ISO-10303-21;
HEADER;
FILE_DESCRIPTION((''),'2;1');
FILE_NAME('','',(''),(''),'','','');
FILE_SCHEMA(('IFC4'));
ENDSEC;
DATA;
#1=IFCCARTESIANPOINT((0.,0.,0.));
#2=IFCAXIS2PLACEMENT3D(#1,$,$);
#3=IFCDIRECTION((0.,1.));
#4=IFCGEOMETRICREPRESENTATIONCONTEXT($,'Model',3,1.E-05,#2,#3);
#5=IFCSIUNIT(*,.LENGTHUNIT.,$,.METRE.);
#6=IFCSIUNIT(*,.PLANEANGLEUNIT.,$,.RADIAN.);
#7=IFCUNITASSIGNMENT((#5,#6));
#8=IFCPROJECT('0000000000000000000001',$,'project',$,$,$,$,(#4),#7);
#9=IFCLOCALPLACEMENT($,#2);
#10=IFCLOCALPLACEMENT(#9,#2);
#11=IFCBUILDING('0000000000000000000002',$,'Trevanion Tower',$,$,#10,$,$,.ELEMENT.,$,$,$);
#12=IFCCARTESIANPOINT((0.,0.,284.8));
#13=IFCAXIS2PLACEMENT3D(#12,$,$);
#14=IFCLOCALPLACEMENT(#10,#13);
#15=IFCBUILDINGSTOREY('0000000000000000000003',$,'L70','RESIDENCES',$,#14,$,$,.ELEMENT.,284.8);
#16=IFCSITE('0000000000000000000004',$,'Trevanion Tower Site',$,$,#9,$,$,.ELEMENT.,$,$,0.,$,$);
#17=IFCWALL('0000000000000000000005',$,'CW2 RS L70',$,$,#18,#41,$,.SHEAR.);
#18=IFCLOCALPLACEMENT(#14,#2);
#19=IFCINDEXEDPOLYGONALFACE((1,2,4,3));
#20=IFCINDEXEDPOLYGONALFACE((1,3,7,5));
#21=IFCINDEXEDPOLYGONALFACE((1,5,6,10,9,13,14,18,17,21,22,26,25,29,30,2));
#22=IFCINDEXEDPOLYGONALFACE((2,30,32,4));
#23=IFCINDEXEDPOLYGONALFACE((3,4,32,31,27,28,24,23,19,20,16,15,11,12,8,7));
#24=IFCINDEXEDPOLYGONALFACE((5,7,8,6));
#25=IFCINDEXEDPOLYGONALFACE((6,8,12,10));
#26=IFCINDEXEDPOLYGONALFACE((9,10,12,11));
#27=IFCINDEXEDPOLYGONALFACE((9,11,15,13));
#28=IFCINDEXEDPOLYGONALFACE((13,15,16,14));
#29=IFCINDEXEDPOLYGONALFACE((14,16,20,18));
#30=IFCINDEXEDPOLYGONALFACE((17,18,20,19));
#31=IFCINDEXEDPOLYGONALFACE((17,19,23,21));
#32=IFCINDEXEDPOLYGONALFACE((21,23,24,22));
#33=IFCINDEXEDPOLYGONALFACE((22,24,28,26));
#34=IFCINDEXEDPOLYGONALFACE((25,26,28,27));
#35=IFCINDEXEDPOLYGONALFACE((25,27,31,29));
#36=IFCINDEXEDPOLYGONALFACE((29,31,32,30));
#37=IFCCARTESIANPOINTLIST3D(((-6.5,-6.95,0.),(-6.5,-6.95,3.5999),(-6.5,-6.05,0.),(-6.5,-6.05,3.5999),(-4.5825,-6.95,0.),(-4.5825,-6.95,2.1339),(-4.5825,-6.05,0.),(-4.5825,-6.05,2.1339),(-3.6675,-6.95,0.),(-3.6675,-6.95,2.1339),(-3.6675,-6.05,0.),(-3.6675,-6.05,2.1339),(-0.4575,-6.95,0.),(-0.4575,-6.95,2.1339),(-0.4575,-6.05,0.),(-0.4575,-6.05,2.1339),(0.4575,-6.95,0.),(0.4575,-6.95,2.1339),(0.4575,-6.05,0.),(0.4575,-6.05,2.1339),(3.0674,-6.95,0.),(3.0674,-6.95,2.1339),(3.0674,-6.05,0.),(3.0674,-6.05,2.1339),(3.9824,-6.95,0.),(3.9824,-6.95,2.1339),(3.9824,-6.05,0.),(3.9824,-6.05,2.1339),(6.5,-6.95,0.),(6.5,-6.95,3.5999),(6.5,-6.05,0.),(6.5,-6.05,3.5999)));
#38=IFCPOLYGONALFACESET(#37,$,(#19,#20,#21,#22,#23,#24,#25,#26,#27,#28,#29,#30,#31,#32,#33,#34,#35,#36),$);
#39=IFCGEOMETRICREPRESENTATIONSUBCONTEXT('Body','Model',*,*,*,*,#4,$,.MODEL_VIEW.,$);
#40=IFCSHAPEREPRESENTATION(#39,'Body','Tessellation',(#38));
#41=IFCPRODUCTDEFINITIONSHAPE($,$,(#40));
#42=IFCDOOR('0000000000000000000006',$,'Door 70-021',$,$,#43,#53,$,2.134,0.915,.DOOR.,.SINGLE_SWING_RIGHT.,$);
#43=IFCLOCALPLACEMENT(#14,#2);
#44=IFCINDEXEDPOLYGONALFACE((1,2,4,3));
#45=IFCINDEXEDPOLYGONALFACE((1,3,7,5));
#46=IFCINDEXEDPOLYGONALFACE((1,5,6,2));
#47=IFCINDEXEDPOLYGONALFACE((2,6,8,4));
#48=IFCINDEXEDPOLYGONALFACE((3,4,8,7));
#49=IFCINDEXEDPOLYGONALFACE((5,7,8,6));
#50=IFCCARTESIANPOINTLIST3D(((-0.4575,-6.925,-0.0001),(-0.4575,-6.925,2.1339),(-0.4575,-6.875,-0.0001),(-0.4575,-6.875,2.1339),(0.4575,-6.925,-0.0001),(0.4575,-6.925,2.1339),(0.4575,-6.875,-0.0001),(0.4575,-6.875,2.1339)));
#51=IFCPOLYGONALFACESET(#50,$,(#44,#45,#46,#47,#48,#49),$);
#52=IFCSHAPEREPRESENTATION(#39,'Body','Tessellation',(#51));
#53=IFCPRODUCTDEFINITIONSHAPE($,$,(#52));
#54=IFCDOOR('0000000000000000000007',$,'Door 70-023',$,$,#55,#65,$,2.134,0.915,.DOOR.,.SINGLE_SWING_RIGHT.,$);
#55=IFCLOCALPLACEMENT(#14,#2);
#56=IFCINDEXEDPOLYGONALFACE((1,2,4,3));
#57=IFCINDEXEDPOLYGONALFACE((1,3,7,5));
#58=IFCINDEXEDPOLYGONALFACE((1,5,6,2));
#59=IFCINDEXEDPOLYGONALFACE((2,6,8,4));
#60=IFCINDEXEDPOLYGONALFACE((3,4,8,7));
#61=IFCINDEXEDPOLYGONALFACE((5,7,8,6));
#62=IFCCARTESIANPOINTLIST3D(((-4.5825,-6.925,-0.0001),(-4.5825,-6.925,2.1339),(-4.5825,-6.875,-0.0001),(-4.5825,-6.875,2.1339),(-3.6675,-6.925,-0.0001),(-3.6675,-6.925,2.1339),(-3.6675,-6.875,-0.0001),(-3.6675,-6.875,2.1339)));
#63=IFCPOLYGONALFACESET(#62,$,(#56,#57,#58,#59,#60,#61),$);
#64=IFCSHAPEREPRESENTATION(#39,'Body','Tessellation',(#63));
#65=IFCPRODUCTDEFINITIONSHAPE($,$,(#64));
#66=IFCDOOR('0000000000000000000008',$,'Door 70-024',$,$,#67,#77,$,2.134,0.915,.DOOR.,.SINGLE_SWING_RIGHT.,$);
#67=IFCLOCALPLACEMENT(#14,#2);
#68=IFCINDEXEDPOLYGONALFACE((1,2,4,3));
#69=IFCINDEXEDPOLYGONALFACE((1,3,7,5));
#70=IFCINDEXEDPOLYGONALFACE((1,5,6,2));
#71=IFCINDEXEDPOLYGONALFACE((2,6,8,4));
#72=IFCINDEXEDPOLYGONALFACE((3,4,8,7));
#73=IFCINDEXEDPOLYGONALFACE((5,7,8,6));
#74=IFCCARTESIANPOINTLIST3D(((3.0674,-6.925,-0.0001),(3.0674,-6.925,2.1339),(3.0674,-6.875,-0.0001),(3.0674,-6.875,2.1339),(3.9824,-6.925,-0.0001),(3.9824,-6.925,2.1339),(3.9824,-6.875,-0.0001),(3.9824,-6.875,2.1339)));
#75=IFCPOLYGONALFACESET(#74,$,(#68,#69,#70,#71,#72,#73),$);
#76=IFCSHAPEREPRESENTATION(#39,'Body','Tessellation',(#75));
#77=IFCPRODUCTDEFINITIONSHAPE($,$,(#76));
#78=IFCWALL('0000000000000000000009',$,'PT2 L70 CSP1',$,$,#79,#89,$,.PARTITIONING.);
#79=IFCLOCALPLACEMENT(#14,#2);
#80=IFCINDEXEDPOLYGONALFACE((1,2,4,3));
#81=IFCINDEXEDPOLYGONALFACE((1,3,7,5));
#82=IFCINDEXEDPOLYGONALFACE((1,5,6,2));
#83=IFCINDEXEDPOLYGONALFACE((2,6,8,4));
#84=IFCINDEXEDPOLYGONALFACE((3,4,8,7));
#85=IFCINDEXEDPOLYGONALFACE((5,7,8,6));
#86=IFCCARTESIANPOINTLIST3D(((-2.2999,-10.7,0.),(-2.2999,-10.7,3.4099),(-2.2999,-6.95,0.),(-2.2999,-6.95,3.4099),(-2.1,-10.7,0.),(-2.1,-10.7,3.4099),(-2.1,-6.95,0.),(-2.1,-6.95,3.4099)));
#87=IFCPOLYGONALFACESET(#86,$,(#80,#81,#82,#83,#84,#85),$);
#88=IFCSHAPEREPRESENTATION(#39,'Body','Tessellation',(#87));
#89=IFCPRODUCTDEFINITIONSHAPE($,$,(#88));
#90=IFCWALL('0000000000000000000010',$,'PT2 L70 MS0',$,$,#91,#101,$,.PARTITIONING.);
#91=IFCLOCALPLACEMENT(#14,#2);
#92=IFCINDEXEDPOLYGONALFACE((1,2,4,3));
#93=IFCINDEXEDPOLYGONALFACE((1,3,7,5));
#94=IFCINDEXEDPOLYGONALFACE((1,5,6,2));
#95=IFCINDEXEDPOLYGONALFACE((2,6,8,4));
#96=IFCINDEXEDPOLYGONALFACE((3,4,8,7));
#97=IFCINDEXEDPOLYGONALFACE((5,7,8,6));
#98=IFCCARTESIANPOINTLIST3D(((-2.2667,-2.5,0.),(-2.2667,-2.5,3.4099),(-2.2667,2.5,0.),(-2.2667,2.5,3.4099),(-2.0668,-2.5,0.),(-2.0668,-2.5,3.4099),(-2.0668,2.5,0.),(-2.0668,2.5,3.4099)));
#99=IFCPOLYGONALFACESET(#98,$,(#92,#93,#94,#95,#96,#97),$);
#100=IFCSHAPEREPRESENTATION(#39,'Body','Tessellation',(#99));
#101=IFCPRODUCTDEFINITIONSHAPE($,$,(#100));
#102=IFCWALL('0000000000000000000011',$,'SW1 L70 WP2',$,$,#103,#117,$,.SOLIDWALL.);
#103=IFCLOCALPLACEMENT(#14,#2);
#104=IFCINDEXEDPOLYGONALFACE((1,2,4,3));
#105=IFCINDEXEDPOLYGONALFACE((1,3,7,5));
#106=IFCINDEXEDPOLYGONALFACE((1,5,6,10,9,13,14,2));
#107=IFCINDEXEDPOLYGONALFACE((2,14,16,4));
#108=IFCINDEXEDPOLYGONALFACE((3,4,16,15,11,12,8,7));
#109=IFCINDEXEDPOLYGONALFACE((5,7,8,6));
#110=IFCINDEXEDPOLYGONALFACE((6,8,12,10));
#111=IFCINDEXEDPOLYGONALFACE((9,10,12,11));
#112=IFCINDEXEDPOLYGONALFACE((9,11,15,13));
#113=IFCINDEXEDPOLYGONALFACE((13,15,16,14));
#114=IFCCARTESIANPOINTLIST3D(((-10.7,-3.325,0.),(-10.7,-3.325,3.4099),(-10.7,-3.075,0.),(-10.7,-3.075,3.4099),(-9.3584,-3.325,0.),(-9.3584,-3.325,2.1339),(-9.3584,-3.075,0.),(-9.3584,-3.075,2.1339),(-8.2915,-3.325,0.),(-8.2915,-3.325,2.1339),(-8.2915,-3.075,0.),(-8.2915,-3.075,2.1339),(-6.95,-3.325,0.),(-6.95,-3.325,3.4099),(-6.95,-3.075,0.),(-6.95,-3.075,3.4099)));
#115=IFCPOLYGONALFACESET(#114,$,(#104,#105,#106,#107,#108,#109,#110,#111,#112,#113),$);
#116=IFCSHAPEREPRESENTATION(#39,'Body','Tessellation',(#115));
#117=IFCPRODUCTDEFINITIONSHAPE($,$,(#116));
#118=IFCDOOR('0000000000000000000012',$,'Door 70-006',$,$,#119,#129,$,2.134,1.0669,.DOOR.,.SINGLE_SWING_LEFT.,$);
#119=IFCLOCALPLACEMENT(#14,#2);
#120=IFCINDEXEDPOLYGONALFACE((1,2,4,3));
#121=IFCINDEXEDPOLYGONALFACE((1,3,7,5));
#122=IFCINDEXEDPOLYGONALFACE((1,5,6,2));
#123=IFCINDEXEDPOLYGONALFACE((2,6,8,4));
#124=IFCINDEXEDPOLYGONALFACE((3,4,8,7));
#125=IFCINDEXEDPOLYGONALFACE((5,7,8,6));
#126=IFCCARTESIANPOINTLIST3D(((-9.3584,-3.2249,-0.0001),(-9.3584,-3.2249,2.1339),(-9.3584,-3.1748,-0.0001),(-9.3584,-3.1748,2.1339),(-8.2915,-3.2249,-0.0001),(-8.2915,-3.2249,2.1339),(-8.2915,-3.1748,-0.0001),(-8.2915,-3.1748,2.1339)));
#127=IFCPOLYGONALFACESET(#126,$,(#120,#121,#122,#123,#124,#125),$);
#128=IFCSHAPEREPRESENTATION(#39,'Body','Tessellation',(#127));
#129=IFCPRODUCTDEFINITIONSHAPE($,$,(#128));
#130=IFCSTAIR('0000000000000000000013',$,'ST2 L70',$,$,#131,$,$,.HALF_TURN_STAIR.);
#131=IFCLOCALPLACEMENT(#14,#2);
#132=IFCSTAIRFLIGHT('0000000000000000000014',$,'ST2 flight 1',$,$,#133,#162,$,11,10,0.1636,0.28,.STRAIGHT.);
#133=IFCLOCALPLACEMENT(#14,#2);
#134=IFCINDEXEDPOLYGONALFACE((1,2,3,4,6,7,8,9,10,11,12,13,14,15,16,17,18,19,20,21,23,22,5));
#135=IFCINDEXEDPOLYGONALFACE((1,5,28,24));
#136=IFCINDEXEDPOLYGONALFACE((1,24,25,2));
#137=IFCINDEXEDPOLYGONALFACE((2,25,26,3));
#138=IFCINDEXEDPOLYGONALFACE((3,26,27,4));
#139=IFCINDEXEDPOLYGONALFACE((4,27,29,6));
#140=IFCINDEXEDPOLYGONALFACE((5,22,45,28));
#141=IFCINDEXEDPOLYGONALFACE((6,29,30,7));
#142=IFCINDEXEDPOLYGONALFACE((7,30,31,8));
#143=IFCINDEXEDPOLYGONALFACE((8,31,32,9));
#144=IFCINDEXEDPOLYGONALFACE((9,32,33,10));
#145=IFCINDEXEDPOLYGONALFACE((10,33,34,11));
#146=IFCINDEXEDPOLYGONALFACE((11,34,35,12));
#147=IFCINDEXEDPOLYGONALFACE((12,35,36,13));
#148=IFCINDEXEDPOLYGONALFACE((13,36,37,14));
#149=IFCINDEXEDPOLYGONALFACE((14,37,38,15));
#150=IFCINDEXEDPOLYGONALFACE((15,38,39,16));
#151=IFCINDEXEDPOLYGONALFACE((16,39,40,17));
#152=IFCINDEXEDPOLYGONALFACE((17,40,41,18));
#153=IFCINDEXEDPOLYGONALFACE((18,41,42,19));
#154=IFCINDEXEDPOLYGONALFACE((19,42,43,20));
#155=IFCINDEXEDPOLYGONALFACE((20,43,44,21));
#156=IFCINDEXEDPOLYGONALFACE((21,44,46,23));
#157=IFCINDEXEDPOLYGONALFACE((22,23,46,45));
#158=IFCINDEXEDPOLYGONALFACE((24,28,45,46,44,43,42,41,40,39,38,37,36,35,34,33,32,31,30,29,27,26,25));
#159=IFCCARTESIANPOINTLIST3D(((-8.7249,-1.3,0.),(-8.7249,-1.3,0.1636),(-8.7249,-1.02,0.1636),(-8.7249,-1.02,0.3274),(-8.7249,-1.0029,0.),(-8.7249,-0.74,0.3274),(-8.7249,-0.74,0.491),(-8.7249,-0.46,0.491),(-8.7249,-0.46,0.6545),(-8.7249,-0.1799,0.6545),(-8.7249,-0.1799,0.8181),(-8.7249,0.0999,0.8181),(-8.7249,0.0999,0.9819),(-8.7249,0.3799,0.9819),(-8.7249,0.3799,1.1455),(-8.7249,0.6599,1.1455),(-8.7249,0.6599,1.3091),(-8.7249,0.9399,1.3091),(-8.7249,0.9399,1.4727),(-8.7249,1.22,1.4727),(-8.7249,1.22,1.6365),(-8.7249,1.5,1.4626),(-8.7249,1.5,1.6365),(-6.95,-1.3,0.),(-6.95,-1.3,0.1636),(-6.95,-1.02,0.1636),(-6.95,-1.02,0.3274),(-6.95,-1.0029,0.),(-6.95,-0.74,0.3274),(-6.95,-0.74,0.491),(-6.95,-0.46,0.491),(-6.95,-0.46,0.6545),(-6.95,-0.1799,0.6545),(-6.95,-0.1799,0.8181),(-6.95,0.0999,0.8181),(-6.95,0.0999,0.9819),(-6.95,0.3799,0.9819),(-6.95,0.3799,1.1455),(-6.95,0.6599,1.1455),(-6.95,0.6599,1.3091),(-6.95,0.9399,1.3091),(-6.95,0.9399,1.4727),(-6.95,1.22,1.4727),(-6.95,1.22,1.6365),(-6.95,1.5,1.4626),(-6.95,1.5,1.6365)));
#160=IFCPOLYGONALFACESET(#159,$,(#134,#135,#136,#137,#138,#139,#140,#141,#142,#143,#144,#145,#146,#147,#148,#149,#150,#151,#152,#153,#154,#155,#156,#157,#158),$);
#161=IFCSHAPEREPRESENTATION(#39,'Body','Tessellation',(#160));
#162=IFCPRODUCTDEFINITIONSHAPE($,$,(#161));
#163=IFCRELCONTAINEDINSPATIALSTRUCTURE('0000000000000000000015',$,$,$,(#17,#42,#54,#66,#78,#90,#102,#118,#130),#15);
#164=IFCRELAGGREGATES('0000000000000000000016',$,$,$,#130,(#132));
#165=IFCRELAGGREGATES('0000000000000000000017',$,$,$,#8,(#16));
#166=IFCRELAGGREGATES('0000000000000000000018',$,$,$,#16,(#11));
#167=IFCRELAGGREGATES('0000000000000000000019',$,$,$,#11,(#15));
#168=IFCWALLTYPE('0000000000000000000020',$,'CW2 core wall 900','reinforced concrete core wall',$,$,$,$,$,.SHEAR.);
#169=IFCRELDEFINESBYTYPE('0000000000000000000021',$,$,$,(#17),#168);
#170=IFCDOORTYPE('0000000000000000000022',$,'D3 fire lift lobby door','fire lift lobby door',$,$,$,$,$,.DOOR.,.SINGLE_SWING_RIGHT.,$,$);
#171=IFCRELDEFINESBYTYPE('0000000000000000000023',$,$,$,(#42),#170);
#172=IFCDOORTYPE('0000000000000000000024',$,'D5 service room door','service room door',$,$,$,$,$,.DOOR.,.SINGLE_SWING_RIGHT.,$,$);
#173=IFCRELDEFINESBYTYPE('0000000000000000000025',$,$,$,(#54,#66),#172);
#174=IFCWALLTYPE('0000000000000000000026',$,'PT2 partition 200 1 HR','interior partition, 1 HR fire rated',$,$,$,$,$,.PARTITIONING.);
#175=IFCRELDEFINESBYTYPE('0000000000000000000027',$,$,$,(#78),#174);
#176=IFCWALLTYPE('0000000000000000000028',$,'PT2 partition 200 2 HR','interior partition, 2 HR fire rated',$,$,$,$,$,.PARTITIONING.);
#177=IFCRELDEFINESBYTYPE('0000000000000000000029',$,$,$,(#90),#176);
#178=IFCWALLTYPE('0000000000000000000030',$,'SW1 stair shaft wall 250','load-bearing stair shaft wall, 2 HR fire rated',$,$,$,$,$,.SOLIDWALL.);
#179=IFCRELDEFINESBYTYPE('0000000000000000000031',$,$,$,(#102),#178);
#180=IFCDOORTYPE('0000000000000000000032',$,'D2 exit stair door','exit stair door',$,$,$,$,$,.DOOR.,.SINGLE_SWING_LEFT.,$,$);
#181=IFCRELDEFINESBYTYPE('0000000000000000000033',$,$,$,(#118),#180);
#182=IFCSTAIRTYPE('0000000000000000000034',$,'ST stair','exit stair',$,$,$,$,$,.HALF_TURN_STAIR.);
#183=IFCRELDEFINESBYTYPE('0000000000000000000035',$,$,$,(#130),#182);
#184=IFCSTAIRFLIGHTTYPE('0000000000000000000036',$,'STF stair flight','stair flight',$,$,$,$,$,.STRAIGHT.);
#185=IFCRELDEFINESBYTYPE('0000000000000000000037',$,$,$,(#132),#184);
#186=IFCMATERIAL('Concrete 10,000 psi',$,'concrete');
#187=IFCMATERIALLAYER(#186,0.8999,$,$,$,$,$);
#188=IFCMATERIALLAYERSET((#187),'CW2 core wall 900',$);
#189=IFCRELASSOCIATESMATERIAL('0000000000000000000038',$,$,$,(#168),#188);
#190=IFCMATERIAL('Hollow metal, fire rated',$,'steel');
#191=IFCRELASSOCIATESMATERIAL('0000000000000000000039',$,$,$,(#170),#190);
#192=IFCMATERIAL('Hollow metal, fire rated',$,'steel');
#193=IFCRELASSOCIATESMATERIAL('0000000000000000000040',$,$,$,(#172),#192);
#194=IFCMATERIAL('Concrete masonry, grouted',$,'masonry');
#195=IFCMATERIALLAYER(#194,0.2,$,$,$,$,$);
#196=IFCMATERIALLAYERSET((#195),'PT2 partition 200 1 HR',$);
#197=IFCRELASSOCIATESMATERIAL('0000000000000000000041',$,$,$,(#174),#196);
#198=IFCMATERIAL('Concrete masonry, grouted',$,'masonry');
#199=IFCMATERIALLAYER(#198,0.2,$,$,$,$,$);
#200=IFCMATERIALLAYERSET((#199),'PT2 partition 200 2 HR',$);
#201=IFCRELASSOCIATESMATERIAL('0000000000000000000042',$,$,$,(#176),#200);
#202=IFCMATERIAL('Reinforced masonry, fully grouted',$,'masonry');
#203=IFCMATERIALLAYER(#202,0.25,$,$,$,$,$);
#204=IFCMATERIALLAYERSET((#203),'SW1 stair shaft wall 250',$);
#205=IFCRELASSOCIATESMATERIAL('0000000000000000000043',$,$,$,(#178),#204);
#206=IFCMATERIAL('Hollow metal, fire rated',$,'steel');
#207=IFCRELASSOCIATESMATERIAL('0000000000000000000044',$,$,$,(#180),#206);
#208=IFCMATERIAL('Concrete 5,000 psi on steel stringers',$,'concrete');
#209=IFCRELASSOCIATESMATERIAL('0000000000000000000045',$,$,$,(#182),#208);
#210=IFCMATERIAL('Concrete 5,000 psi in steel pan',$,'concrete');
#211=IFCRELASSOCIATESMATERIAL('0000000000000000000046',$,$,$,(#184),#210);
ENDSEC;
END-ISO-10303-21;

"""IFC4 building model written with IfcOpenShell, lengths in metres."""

from ifc_helpers import new_model, si_unit, direction, frame, frame_2d, origin, place, context, subcontext, project, spatial, polyline, rectangle, outline, extrude, material, layer, layer_set, type_object, element, fill, aggregate, save


model = new_model("IFC4")

# Units and contexts
model_context = context("Model", 3, precision=1e-05, world=origin(), true_north=direction((0.0, 1.0)))
body_context = subcontext(model_context, "Body", "Model", "MODEL_VIEW")
ifc_project = project(units=[si_unit("LENGTHUNIT", "METRE"), si_unit("PLANEANGLEUNIT", "RADIAN")], contexts=[model_context])

# Site, building, storey
site_placement = place(None, origin())
site = spatial("IfcSite", under=ifc_project, at=site_placement, Name="Trevanion Tower Site", CompositionType="ELEMENT", RefElevation=0.0)
building_placement = place(site_placement, origin())
building = spatial("IfcBuilding", under=site, at=building_placement, Name="Trevanion Tower", CompositionType="ELEMENT")
storey_placement = place(building_placement, frame((0.0, 0.0, 284.8)))
storey = spatial("IfcBuildingStorey", under=building, at=storey_placement, Name="L70", Description="RESIDENCES", CompositionType="ELEMENT", Elevation=284.8)

# Shared definitions
ifc_material_1 = material(Name="Concrete 10,000 psi", Category="concrete")
ifc_layer_1 = layer(ifc_material_1, 0.8999)
ifc_layer_set_1 = layer_set([ifc_layer_1], Name="CW2 core wall 900")
wall_type_1 = type_object("IfcWallType", Name="CW2 core wall 900", Description="reinforced concrete core wall", PredefinedType="SHEAR", material=ifc_layer_set_1)

# Wall, openings, doors
wall_1_placement = place(storey_placement, frame((-6.5, -6.5, 0.0), z_axis=(0.0, 0.0, 1.0), x_axis=(1.0, 0.0, 0.0)))
wall_1 = element("IfcWall", 1, at=wall_1_placement, inside=storey, type_object=wall_type_1, Name="CW2 RS L70", PredefinedType="SHEAR", context=body_context, shape_type="SweptSolid", body=[
    extrude(rectangle(XDim=13.0, YDim=0.8999, at=frame_2d((6.5, 0.0))), origin(), (0.0, 0.0, 1.0), 3.5999),
])
opening_1_placement = place(wall_1_placement, frame((6.0425, 0.0, 0.0)))
opening_1 = element("IfcOpeningElement", 2, at=opening_1_placement, cuts=wall_1, PredefinedType="OPENING", context=body_context, shape_type="SweptSolid", body=[
    extrude(rectangle(XDim=0.915, YDim=2.134, at=frame_2d((0.4575, 1.0669))), frame((0.0, 0.46, 0.0), z_axis=(0.0, -1.0, 0.0), x_axis=(1.0, 0.0, 0.0)), (0.0, 0.0, 1.0), 0.9199),
])
opening_2_placement = place(wall_1_placement, frame((1.9175, 0.0, 0.0)))
opening_2 = element("IfcOpeningElement", 3, at=opening_2_placement, cuts=wall_1, PredefinedType="OPENING", context=body_context, shape_type="SweptSolid", body=[
    extrude(rectangle(XDim=0.915, YDim=2.134, at=frame_2d((0.4575, 1.0669))), frame((0.0, 0.46, 0.0), z_axis=(0.0, -1.0, 0.0), x_axis=(1.0, 0.0, 0.0)), (0.0, 0.0, 1.0), 0.9199),
])
opening_3_placement = place(wall_1_placement, frame((9.5674, 0.0, 0.0)))
opening_3 = element("IfcOpeningElement", 4, at=opening_3_placement, cuts=wall_1, PredefinedType="OPENING", context=body_context, shape_type="SweptSolid", body=[
    extrude(rectangle(XDim=0.915, YDim=2.134, at=frame_2d((0.4575, 1.0669))), frame((0.0, 0.46, 0.0), z_axis=(0.0, -1.0, 0.0), x_axis=(1.0, 0.0, 0.0)), (0.0, 0.0, 1.0), 0.9199),
])
ifc_material_2 = material(Name="Hollow metal, fire rated", Category="steel")
door_type_1 = type_object("IfcDoorType", Name="D3 fire lift lobby door", Description="fire lift lobby door", OperationType="SINGLE_SWING_RIGHT", PredefinedType="DOOR", material=ifc_material_2)
door_1_placement = place(opening_1_placement, origin())
door_1 = element("IfcDoor", 5, at=door_1_placement, inside=storey, type_object=door_type_1, Name="Door 70-021", OperationType="SINGLE_SWING_RIGHT", OverallHeight=2.134, OverallWidth=0.915, PredefinedType="DOOR", context=body_context, shape_type="SweptSolid", body=[
    extrude(rectangle(XDim=0.915, YDim=2.134, at=frame_2d((0.4575, 1.0669))), frame((0.0, -0.375, 0.0), z_axis=(0.0, -1.0, 0.0), x_axis=(1.0, 0.0, 0.0)), (0.0, 0.0, 1.0), 0.05),
])
fill(opening_1, door_1)
ifc_material_3 = material(Name="Hollow metal, fire rated", Category="steel")
door_type_2 = type_object("IfcDoorType", Name="D5 service room door", Description="service room door", OperationType="SINGLE_SWING_RIGHT", PredefinedType="DOOR", material=ifc_material_3)
door_2_placement = place(opening_2_placement, origin())
door_2 = element("IfcDoor", 6, at=door_2_placement, inside=storey, type_object=door_type_2, Name="Door 70-023", OperationType="SINGLE_SWING_RIGHT", OverallHeight=2.134, OverallWidth=0.915, PredefinedType="DOOR", context=body_context, shape_type="SweptSolid", body=[
    extrude(rectangle(XDim=0.915, YDim=2.134, at=frame_2d((0.4575, 1.0669))), frame((0.0, -0.375, 0.0), z_axis=(0.0, -1.0, 0.0), x_axis=(1.0, 0.0, 0.0)), (0.0, 0.0, 1.0), 0.05),
])
fill(opening_2, door_2)
door_3_placement = place(opening_3_placement, origin())
door_3 = element("IfcDoor", 7, at=door_3_placement, inside=storey, type_object=door_type_2, Name="Door 70-024", OperationType="SINGLE_SWING_RIGHT", OverallHeight=2.134, OverallWidth=0.915, PredefinedType="DOOR", context=body_context, shape_type="SweptSolid", body=[
    extrude(rectangle(XDim=0.915, YDim=2.134, at=frame_2d((0.4575, 1.0669))), frame((0.0, -0.375, 0.0), z_axis=(0.0, -1.0, 0.0), x_axis=(1.0, 0.0, 0.0)), (0.0, 0.0, 1.0), 0.05),
])
fill(opening_3, door_3)

# Walls
ifc_material_4 = material(Name="Concrete masonry, grouted", Category="masonry")
ifc_layer_2 = layer(ifc_material_4, 0.2)
ifc_layer_set_2 = layer_set([ifc_layer_2], Name="PT2 partition 200 1 HR")
wall_type_2 = type_object("IfcWallType", Name="PT2 partition 200 1 HR", Description="interior partition, 1 HR fire rated", PredefinedType="PARTITIONING", material=ifc_layer_set_2)
wall_2_placement = place(storey_placement, frame((-2.2, -6.95, 0.0), z_axis=(0.0, 0.0, 1.0), x_axis=(0.0, -1.0, 0.0)))
element("IfcWall", 8, at=wall_2_placement, inside=storey, type_object=wall_type_2, Name="PT2 L70 CSP1", PredefinedType="PARTITIONING", context=body_context, shape_type="SweptSolid", body=[
    extrude(rectangle(XDim=3.75, YDim=0.2, at=frame_2d((1.875, 0.0))), origin(), (0.0, 0.0, 1.0), 3.4099),
])
ifc_material_5 = material(Name="Concrete masonry, grouted", Category="masonry")
ifc_layer_3 = layer(ifc_material_5, 0.2)
ifc_layer_set_3 = layer_set([ifc_layer_3], Name="PT2 partition 200 2 HR")
wall_type_3 = type_object("IfcWallType", Name="PT2 partition 200 2 HR", Description="interior partition, 2 HR fire rated", PredefinedType="PARTITIONING", material=ifc_layer_set_3)
wall_3_placement = place(storey_placement, frame((-2.1667, -2.5, 0.0), z_axis=(0.0, 0.0, 1.0), x_axis=(0.0, 1.0, 0.0)))
element("IfcWall", 9, at=wall_3_placement, inside=storey, type_object=wall_type_3, Name="PT2 L70 MS0", PredefinedType="PARTITIONING", context=body_context, shape_type="SweptSolid", body=[
    extrude(rectangle(XDim=5.0, YDim=0.2, at=frame_2d((2.5, 0.0))), origin(), (0.0, 0.0, 1.0), 3.4099),
])

# Wall, opening, door
ifc_material_6 = material(Name="Reinforced masonry, fully grouted", Category="masonry")
ifc_layer_4 = layer(ifc_material_6, 0.25)
ifc_layer_set_4 = layer_set([ifc_layer_4], Name="SW1 stair shaft wall 250")
wall_type_4 = type_object("IfcWallType", Name="SW1 stair shaft wall 250", Description="load-bearing stair shaft wall, 2 HR fire rated", PredefinedType="SOLIDWALL", material=ifc_layer_set_4)
wall_4_placement = place(storey_placement, frame((-6.95, -3.2, 0.0), z_axis=(0.0, 0.0, 1.0), x_axis=(-1.0, 0.0, 0.0)))
wall_4 = element("IfcWall", 10, at=wall_4_placement, inside=storey, type_object=wall_type_4, Name="SW1 L70 WP2", PredefinedType="SOLIDWALL", context=body_context, shape_type="SweptSolid", body=[
    extrude(rectangle(XDim=3.75, YDim=0.25, at=frame_2d((1.875, 0.0))), origin(), (0.0, 0.0, 1.0), 3.4099),
])
opening_4_placement = place(wall_4_placement, frame((1.3416, 0.0, 0.0)))
opening_4 = element("IfcOpeningElement", 11, at=opening_4_placement, cuts=wall_4, PredefinedType="OPENING", context=body_context, shape_type="SweptSolid", body=[
    extrude(rectangle(XDim=1.0669, YDim=2.134, at=frame_2d((0.5334, 1.0669))), frame((0.0, 0.135, 0.0), z_axis=(0.0, -1.0, 0.0), x_axis=(1.0, 0.0, 0.0)), (0.0, 0.0, 1.0), 0.27),
])
ifc_material_7 = material(Name="Hollow metal, fire rated", Category="steel")
door_type_3 = type_object("IfcDoorType", Name="D2 exit stair door", Description="exit stair door", OperationType="SINGLE_SWING_LEFT", PredefinedType="DOOR", material=ifc_material_7)
door_4_placement = place(opening_4_placement, origin())
door_4 = element("IfcDoor", 12, at=door_4_placement, inside=storey, type_object=door_type_3, Name="Door 70-006", OperationType="SINGLE_SWING_LEFT", OverallHeight=2.134, OverallWidth=1.0669, PredefinedType="DOOR", context=body_context, shape_type="SweptSolid", body=[
    extrude(rectangle(XDim=1.0669, YDim=2.134, at=frame_2d((0.5334, 1.0669))), frame((0.0, 0.0249, 0.0), z_axis=(0.0, -1.0, 0.0), x_axis=(1.0, 0.0, 0.0)), (0.0, 0.0, 1.0), 0.05),
])
fill(opening_4, door_4)

# Stair, stair flight
ifc_material_8 = material(Name="Concrete 5,000 psi on steel stringers", Category="concrete")
stair_type = type_object("IfcStairType", Name="ST stair", Description="exit stair", PredefinedType="HALF_TURN_STAIR", material=ifc_material_8)
stair_placement = place(storey_placement, origin())
stair = element("IfcStair", 13, at=stair_placement, inside=storey, type_object=stair_type, Name="ST2 L70", PredefinedType="HALF_TURN_STAIR")
ifc_material_9 = material(Name="Concrete 5,000 psi in steel pan", Category="concrete")
stair_flight_type = type_object("IfcStairFlightType", Name="STF stair flight", Description="stair flight", PredefinedType="STRAIGHT", material=ifc_material_9)
stair_flight_placement = place(storey_placement, frame((-7.8374, -1.3, 0.0), z_axis=(0.0, 0.0, 1.0), x_axis=(0.0, 1.0, 0.0)))
stair_flight = element("IfcStairFlight", 14, at=stair_flight_placement, type_object=stair_flight_type, Name="ST2 flight 1", NumberOfRisers=11, NumberOfTreads=10, PredefinedType="STRAIGHT", RiserHeight=0.1636, TreadLength=0.28, context=body_context, shape_type="SweptSolid", body=[
    extrude(outline(polyline([(0.0, 0.0), (0.0, 0.1636), (0.28, 0.1636), (0.28, 0.3274), (0.5601, 0.3274), (0.5601, 0.491), (0.8401, 0.491), (0.8401, 0.6545), (1.1201, 0.6545), (1.1201, 0.8181), (1.3999, 0.8181), (1.3999, 0.9819), (1.6799, 0.9819), (1.6799, 1.1455), (1.96, 1.1455), (1.96, 1.3091), (2.24, 1.3091), (2.24, 1.4727), (2.52, 1.4727), (2.52, 1.6365), (2.8, 1.6365), (2.8, 1.8), (2.8, 1.4626), (0.2971, 0.0), (0.0, 0.0)])), frame((0.0, 0.8875, 0.0), z_axis=(0.0, -1.0, 0.0), x_axis=(1.0, 0.0, 0.0)), (0.0, 0.0, 1.0), 1.7749),
])
aggregate(stair, [stair_flight])

save(model, "model.ifc")
